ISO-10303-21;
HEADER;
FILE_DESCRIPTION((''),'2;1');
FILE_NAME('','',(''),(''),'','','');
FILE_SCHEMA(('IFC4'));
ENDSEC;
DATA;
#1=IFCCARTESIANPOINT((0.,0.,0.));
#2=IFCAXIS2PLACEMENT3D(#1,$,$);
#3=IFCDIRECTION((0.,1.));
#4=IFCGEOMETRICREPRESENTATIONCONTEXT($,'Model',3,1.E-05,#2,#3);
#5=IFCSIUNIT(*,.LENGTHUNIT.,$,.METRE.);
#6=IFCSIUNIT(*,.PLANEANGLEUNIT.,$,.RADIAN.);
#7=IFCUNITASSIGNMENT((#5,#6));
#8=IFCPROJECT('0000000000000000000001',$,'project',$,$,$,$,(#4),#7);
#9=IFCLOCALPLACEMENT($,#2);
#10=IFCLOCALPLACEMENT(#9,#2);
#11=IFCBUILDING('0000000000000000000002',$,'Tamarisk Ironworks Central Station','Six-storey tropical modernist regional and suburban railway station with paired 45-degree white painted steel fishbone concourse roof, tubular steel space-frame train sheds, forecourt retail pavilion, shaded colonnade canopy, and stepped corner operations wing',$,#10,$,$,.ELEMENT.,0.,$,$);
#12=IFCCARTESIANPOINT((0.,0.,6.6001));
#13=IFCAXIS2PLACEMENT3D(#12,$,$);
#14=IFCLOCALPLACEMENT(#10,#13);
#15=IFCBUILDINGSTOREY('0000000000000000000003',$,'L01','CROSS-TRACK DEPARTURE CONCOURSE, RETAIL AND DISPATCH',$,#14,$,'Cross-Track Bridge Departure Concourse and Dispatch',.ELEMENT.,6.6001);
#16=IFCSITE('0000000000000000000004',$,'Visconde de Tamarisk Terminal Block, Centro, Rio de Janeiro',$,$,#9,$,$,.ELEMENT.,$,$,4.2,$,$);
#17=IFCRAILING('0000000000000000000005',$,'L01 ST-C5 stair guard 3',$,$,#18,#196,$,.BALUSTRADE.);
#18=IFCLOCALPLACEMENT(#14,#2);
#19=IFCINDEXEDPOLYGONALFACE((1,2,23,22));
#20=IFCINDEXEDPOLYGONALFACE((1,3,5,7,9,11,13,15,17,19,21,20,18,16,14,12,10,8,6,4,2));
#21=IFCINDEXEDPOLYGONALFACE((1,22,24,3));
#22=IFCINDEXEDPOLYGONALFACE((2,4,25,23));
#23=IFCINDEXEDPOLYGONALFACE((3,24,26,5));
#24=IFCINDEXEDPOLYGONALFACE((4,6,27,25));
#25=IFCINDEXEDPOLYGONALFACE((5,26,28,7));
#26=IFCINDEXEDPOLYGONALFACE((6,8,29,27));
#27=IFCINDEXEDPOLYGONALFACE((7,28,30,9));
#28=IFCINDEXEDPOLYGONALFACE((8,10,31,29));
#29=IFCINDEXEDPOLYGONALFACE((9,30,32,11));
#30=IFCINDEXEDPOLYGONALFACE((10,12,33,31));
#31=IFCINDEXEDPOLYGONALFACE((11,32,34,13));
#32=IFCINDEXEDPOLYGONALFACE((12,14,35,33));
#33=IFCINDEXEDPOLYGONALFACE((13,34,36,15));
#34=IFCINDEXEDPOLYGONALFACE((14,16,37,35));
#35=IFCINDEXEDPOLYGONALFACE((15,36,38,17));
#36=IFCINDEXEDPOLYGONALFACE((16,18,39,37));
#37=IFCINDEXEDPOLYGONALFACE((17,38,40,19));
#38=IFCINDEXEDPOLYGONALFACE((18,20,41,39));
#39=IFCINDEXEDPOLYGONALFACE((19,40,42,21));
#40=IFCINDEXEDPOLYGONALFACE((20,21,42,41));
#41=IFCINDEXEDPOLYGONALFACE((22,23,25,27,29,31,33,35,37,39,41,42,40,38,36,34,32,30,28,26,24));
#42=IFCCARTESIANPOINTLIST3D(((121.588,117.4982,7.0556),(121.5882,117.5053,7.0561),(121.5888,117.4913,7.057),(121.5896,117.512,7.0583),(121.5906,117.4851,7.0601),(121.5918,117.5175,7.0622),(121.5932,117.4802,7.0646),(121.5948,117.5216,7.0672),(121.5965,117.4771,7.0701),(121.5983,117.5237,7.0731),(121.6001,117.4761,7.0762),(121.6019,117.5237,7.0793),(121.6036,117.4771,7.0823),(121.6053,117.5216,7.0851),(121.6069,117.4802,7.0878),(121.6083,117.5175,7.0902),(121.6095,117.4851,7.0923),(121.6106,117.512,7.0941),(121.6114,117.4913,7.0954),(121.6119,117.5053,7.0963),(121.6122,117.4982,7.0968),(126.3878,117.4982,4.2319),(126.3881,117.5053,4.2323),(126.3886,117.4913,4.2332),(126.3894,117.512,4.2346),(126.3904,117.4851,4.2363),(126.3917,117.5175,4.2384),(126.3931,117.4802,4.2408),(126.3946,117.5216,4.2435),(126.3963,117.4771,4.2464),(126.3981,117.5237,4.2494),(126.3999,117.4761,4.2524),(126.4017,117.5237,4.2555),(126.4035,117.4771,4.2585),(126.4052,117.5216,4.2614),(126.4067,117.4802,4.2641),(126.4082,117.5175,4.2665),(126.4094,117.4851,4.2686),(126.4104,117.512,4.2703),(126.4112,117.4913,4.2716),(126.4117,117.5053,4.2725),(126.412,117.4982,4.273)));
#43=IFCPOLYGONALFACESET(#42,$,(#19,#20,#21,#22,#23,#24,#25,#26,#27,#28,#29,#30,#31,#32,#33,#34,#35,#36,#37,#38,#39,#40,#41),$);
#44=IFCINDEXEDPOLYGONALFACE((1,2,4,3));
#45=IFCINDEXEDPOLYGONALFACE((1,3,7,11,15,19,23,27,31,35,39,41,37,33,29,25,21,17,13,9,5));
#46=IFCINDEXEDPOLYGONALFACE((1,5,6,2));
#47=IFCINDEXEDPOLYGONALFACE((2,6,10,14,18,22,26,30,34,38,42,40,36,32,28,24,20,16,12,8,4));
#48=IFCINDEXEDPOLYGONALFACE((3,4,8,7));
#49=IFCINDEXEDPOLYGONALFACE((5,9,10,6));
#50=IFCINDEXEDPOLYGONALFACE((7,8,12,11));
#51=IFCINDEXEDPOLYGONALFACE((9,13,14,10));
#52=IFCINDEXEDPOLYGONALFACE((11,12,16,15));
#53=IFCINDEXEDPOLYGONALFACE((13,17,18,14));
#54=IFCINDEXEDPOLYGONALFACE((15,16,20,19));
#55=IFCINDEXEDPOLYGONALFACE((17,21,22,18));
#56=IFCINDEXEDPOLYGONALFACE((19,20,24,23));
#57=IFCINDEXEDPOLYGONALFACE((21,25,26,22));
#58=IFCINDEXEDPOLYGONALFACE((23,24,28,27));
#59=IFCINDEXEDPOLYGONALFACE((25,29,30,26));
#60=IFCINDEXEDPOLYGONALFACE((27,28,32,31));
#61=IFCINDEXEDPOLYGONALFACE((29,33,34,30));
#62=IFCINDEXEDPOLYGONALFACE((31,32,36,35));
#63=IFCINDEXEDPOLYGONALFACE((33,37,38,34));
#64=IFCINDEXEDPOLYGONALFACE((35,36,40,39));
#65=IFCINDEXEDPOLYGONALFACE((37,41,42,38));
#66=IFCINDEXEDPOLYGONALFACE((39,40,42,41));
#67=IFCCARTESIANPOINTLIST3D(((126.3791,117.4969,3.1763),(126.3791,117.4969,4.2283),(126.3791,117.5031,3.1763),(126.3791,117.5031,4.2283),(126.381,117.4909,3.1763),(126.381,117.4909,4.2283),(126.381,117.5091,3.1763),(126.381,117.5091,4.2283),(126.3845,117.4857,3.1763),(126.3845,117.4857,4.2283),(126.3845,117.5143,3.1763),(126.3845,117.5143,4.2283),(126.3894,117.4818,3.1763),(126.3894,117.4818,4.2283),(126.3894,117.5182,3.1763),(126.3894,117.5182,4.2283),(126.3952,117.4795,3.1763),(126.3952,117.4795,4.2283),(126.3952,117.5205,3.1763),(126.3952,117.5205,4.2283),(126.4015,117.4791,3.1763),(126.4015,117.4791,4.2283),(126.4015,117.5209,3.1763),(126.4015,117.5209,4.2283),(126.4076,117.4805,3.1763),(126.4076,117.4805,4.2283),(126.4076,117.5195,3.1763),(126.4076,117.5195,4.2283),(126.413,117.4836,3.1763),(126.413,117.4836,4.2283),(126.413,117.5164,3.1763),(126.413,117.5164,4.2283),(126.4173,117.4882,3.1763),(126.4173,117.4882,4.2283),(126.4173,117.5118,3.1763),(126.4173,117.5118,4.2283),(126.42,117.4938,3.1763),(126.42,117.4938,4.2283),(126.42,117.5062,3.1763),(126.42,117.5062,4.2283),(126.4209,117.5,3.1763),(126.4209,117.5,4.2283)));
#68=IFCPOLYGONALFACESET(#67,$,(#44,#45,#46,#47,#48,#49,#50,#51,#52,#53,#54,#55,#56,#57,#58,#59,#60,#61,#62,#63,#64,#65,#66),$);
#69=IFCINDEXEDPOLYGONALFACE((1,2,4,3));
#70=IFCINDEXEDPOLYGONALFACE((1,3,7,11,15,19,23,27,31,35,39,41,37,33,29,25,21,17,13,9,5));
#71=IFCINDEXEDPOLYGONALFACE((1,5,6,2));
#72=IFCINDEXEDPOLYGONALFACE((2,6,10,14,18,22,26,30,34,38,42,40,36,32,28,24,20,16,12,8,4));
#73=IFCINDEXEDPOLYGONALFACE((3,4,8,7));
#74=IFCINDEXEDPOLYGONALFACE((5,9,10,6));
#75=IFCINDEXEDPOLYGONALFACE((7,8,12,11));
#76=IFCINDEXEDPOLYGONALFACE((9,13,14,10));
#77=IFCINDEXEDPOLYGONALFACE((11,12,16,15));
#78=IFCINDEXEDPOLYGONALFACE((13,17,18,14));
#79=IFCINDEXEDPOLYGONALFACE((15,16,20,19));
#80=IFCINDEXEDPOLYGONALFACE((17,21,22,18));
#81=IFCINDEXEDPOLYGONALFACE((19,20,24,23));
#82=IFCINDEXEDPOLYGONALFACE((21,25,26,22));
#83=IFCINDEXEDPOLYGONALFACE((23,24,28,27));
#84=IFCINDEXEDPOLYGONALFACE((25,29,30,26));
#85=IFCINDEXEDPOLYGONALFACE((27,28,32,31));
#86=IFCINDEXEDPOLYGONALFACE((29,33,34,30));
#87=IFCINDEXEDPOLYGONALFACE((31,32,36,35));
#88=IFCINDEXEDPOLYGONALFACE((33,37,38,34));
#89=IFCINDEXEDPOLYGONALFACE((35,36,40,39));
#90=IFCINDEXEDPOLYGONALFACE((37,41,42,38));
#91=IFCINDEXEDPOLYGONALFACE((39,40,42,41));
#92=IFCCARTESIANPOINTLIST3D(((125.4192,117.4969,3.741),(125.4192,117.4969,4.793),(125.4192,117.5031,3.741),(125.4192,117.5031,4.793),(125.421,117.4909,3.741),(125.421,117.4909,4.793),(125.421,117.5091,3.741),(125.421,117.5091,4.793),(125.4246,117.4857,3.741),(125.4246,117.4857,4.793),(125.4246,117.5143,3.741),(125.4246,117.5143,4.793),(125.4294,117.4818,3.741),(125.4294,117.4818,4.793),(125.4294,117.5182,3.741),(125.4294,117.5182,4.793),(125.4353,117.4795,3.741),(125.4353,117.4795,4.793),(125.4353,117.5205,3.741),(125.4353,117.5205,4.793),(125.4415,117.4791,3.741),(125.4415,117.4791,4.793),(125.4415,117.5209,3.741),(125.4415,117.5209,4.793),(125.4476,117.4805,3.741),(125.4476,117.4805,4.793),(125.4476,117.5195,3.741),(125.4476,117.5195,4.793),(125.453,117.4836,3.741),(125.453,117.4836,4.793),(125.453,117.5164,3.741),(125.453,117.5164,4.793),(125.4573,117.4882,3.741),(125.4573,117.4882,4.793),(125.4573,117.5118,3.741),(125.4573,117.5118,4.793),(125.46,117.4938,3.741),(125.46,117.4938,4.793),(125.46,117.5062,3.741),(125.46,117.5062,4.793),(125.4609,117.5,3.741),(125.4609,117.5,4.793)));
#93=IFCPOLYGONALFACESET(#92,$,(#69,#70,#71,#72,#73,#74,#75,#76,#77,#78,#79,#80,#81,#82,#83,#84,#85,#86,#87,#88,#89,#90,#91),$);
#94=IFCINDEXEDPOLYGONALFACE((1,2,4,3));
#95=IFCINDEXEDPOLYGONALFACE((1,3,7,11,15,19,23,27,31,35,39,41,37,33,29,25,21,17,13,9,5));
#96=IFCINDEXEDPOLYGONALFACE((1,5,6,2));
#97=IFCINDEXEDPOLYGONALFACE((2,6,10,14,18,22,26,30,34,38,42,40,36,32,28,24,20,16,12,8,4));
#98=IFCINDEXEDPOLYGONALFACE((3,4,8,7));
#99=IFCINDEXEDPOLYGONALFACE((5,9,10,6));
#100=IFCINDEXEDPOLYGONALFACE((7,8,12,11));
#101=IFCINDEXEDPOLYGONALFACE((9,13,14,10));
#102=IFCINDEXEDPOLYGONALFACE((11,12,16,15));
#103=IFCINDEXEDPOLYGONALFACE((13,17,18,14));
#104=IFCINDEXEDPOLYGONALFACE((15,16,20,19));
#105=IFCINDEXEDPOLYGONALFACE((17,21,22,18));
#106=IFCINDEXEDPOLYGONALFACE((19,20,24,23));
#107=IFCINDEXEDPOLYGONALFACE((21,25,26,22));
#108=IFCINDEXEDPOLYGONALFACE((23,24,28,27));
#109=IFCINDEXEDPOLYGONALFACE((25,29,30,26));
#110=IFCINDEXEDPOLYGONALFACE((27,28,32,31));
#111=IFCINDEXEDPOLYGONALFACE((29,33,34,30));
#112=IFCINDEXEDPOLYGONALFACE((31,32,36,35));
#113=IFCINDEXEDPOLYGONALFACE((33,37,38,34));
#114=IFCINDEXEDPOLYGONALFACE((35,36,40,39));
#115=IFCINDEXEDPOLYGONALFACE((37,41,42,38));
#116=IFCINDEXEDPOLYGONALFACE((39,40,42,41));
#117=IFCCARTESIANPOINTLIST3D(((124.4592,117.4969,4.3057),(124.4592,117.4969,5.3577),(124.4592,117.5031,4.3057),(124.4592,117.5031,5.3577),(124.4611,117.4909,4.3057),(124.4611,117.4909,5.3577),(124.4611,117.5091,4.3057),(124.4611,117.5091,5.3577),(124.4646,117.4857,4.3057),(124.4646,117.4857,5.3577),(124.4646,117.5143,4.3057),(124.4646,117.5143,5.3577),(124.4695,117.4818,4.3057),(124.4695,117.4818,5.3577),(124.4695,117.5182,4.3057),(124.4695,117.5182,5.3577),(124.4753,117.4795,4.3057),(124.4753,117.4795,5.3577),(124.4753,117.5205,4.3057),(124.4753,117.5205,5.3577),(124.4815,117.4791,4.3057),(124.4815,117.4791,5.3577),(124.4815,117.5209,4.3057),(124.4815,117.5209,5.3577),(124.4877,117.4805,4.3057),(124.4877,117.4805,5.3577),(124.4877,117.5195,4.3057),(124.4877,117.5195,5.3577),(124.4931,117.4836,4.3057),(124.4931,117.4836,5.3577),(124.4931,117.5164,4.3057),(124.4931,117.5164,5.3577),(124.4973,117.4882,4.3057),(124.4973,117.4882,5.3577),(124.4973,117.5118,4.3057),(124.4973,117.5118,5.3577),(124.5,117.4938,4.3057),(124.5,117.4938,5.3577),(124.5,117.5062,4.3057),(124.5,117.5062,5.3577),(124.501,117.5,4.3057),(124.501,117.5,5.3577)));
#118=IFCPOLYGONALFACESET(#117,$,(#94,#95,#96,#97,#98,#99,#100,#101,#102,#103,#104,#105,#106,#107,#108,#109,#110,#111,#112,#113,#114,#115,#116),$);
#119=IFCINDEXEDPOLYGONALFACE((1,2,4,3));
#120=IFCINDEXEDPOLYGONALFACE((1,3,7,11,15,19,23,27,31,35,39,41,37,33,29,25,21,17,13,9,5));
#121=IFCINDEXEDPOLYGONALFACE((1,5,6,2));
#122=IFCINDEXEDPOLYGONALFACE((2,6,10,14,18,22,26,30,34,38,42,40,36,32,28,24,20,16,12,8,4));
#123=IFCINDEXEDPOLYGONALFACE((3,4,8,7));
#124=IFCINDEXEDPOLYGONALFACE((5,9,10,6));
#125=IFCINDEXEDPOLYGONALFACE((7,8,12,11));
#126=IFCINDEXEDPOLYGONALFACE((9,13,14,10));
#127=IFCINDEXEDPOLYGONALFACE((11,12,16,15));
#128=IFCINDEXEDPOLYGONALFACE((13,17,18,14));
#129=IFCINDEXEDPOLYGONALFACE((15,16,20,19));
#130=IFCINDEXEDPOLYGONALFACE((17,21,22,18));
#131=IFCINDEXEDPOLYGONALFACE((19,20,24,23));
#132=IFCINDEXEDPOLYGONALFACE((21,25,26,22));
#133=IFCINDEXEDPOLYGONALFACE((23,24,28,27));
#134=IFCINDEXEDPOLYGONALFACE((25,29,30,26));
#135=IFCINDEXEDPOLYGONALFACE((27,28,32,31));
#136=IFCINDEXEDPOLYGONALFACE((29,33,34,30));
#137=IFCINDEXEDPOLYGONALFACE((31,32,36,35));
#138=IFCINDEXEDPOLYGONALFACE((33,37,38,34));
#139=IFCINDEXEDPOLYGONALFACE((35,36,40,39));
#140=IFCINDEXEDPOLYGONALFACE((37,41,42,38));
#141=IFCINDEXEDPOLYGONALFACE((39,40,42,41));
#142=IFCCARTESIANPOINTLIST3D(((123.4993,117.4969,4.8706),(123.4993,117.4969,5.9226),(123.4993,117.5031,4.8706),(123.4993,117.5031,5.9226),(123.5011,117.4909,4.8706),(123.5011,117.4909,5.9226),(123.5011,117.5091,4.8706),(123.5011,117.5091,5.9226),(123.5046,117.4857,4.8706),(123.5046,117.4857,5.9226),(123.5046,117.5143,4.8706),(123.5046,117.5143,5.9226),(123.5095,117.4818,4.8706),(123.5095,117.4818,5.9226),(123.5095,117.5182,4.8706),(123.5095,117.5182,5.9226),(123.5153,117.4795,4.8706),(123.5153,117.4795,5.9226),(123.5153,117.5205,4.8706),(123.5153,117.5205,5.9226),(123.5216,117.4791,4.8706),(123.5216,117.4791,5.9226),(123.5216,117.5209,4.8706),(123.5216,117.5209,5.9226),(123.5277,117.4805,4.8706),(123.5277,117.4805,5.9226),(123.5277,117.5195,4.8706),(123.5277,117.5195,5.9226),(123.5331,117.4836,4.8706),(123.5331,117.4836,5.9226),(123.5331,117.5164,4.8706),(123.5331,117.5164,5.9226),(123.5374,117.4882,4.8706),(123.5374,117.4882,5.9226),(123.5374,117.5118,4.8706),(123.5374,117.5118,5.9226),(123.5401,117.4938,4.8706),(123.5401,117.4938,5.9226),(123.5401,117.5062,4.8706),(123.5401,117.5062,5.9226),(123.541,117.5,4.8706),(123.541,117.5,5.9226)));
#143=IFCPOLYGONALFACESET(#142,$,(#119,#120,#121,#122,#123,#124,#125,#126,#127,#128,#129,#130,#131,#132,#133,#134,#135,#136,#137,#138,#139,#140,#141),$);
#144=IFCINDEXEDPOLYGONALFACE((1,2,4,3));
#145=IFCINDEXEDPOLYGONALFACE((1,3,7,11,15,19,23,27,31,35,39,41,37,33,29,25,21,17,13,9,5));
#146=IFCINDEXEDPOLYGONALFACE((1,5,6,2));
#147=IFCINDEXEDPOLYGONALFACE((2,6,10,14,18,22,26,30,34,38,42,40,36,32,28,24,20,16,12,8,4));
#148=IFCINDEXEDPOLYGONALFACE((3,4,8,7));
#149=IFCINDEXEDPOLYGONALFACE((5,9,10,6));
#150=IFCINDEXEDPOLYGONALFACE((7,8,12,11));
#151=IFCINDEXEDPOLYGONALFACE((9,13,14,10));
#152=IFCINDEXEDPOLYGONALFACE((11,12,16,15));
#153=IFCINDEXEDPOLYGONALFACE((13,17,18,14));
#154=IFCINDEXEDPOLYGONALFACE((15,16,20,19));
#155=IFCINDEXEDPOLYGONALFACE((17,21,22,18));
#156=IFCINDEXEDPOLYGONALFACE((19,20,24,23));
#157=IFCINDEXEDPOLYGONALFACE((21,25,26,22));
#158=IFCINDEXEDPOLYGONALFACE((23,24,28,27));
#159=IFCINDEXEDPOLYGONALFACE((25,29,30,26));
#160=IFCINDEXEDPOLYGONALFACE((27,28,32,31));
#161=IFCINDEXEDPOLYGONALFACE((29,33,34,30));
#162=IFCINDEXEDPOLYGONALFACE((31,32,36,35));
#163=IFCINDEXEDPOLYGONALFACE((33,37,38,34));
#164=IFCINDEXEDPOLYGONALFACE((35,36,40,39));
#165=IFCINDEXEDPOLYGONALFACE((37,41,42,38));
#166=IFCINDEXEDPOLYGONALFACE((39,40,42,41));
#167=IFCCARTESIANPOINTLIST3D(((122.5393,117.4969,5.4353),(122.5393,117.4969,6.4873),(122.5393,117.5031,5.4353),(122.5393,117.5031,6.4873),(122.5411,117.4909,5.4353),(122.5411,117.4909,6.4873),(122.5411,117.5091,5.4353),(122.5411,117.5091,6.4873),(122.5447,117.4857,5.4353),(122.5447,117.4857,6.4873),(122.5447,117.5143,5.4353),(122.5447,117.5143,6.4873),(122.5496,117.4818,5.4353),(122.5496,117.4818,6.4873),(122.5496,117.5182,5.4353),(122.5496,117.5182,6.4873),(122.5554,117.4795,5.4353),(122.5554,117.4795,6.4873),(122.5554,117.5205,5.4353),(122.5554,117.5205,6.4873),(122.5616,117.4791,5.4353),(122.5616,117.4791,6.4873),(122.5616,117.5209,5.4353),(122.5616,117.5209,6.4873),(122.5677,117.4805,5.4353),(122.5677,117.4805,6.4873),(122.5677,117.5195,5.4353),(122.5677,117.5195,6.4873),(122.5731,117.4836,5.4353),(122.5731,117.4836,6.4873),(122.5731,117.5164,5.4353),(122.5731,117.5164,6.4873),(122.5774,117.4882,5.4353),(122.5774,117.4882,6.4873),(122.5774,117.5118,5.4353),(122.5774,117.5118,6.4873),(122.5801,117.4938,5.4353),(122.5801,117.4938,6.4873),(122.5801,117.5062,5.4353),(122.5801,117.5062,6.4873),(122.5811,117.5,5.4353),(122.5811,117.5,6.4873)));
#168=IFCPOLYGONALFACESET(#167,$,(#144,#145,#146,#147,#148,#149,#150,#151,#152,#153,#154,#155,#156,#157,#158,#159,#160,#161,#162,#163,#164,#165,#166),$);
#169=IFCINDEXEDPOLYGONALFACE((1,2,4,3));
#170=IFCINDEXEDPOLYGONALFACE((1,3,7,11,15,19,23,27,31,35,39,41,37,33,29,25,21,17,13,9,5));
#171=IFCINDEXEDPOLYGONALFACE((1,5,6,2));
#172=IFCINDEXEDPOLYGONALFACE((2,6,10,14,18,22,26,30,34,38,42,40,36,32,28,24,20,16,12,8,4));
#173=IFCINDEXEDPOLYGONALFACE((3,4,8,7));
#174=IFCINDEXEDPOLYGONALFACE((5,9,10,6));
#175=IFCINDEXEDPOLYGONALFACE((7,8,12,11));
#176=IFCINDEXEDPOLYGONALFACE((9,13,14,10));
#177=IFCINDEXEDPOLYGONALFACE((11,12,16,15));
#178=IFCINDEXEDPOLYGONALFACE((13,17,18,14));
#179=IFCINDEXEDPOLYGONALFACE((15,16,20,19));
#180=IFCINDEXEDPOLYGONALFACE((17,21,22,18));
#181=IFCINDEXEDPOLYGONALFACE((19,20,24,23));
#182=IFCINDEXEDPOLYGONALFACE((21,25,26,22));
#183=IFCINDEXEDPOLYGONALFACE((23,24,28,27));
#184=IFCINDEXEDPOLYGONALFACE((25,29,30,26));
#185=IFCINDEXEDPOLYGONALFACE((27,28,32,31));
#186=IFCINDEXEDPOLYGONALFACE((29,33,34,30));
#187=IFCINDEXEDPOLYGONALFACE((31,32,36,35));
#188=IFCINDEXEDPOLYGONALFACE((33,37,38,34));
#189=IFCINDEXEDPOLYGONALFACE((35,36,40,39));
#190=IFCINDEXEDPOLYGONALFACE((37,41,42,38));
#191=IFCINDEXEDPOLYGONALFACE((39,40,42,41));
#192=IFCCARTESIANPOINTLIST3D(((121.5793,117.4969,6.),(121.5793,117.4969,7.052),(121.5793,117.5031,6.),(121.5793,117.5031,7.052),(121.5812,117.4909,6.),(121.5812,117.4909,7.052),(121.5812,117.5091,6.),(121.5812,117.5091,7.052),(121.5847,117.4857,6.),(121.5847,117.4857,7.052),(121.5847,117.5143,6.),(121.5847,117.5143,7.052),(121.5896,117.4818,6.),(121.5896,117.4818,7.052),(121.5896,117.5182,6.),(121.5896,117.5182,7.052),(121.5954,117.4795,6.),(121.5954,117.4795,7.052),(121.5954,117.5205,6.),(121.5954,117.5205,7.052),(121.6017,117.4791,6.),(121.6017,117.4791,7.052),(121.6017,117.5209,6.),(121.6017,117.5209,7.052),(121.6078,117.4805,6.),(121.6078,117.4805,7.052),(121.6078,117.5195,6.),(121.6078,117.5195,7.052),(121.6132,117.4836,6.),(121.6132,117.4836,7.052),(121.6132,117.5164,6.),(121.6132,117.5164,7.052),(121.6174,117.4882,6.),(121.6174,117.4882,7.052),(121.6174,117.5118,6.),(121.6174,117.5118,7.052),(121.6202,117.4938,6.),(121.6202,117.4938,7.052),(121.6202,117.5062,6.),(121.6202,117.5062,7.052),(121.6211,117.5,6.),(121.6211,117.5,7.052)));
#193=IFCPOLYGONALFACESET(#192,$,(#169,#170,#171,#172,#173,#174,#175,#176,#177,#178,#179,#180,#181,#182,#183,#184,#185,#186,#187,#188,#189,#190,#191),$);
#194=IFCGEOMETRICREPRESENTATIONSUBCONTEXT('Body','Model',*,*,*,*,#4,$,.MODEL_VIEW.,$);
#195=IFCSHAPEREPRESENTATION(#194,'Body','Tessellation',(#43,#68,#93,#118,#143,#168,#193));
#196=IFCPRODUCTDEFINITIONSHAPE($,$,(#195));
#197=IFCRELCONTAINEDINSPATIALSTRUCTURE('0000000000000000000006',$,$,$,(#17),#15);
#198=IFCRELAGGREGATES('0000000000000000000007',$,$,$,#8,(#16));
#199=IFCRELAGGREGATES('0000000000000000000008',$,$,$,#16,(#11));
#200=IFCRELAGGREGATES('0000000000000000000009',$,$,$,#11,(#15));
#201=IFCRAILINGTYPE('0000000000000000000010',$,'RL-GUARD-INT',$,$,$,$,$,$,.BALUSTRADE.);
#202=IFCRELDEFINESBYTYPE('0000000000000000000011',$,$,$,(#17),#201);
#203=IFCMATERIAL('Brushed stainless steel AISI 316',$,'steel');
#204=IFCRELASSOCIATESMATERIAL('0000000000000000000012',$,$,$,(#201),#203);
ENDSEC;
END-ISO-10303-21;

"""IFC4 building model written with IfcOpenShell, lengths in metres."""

from ifc_helpers import new_model, si_unit, direction, frame, origin, origin_2d, place, context, subcontext, project, spatial, circle, extrude, material, type_object, element, save


model = new_model("IFC4")

# Units and contexts
model_context = context("Model", 3, precision=1e-05, world=origin(), true_north=direction((0.0, 1.0)))
body_context = subcontext(model_context, "Body", "Model", "MODEL_VIEW")
ifc_project = project(units=[si_unit("LENGTHUNIT", "METRE"), si_unit("PLANEANGLEUNIT", "RADIAN")], contexts=[model_context])

# Site, building, storey
site_placement = place(None, origin())
site = spatial("IfcSite", under=ifc_project, at=site_placement, Name="Visconde de Tamarisk Terminal Block, Centro, Rio de Janeiro", CompositionType="ELEMENT", RefElevation=4.2)
building_placement = place(site_placement, origin())
building = spatial("IfcBuilding", under=site, at=building_placement, Name="Tamarisk Ironworks Central Station", Description="Six-storey tropical modernist regional and suburban railway station with paired 45-degree white painted steel fishbone concourse roof, tubular steel space-frame train sheds, forecourt retail pavilion, shaded colonnade canopy, and stepped corner operations wing", CompositionType="ELEMENT", ElevationOfRefHeight=0.0)
storey_placement = place(building_placement, frame((0.0, 0.0, 6.6001)))
storey = spatial("IfcBuildingStorey", under=building, at=storey_placement, Name="L01", Description="CROSS-TRACK DEPARTURE CONCOURSE, RETAIL AND DISPATCH", LongName="Cross-Track Bridge Departure Concourse and Dispatch", CompositionType="ELEMENT", Elevation=6.6001)

# Railing
ifc_material_1 = material(Name="Brushed stainless steel AISI 316", Category="steel")
railing_type_1 = type_object("IfcRailingType", Name="RL-GUARD-INT", PredefinedType="BALUSTRADE", material=ifc_material_1)
railing_1_placement = place(storey_placement, frame((126.3999, 117.5, 3.1763)))
element("IfcRailing", 1, at=railing_1_placement, inside=storey, type_object=railing_type_1, Name="L01 ST-C5 stair guard 3", PredefinedType="BALUSTRADE", context=body_context, shape_type="SweptSolid", body=[
    extrude(circle(Radius=0.0239, at=origin_2d()), frame((0.0, 0.0, 1.0762), z_axis=(-0.861909, 0.0, 0.507062), x_axis=(0.0, -1.0, 0.0)), (0.0, 0.0, 1.0), 5.5688),
    extrude(circle(Radius=0.021, at=origin_2d()), origin(), (0.0, 0.0, 1.0), 1.052),
    extrude(circle(Radius=0.021, at=origin_2d()), frame((-0.96, 0.0, 0.5647)), (0.0, 0.0, 1.0), 1.052),
    extrude(circle(Radius=0.021, at=origin_2d()), frame((-1.9199, 0.0, 1.1294)), (0.0, 0.0, 1.0), 1.052),
    extrude(circle(Radius=0.021, at=origin_2d()), frame((-2.8799, 0.0, 1.6943)), (0.0, 0.0, 1.0), 1.052),
    extrude(circle(Radius=0.021, at=origin_2d()), frame((-3.8398, 0.0, 2.259)), (0.0, 0.0, 1.0), 1.052),
    extrude(circle(Radius=0.021, at=origin_2d()), frame((-4.7998, 0.0, 2.8237)), (0.0, 0.0, 1.0), 1.052),
])

save(model, "model.ifc")
